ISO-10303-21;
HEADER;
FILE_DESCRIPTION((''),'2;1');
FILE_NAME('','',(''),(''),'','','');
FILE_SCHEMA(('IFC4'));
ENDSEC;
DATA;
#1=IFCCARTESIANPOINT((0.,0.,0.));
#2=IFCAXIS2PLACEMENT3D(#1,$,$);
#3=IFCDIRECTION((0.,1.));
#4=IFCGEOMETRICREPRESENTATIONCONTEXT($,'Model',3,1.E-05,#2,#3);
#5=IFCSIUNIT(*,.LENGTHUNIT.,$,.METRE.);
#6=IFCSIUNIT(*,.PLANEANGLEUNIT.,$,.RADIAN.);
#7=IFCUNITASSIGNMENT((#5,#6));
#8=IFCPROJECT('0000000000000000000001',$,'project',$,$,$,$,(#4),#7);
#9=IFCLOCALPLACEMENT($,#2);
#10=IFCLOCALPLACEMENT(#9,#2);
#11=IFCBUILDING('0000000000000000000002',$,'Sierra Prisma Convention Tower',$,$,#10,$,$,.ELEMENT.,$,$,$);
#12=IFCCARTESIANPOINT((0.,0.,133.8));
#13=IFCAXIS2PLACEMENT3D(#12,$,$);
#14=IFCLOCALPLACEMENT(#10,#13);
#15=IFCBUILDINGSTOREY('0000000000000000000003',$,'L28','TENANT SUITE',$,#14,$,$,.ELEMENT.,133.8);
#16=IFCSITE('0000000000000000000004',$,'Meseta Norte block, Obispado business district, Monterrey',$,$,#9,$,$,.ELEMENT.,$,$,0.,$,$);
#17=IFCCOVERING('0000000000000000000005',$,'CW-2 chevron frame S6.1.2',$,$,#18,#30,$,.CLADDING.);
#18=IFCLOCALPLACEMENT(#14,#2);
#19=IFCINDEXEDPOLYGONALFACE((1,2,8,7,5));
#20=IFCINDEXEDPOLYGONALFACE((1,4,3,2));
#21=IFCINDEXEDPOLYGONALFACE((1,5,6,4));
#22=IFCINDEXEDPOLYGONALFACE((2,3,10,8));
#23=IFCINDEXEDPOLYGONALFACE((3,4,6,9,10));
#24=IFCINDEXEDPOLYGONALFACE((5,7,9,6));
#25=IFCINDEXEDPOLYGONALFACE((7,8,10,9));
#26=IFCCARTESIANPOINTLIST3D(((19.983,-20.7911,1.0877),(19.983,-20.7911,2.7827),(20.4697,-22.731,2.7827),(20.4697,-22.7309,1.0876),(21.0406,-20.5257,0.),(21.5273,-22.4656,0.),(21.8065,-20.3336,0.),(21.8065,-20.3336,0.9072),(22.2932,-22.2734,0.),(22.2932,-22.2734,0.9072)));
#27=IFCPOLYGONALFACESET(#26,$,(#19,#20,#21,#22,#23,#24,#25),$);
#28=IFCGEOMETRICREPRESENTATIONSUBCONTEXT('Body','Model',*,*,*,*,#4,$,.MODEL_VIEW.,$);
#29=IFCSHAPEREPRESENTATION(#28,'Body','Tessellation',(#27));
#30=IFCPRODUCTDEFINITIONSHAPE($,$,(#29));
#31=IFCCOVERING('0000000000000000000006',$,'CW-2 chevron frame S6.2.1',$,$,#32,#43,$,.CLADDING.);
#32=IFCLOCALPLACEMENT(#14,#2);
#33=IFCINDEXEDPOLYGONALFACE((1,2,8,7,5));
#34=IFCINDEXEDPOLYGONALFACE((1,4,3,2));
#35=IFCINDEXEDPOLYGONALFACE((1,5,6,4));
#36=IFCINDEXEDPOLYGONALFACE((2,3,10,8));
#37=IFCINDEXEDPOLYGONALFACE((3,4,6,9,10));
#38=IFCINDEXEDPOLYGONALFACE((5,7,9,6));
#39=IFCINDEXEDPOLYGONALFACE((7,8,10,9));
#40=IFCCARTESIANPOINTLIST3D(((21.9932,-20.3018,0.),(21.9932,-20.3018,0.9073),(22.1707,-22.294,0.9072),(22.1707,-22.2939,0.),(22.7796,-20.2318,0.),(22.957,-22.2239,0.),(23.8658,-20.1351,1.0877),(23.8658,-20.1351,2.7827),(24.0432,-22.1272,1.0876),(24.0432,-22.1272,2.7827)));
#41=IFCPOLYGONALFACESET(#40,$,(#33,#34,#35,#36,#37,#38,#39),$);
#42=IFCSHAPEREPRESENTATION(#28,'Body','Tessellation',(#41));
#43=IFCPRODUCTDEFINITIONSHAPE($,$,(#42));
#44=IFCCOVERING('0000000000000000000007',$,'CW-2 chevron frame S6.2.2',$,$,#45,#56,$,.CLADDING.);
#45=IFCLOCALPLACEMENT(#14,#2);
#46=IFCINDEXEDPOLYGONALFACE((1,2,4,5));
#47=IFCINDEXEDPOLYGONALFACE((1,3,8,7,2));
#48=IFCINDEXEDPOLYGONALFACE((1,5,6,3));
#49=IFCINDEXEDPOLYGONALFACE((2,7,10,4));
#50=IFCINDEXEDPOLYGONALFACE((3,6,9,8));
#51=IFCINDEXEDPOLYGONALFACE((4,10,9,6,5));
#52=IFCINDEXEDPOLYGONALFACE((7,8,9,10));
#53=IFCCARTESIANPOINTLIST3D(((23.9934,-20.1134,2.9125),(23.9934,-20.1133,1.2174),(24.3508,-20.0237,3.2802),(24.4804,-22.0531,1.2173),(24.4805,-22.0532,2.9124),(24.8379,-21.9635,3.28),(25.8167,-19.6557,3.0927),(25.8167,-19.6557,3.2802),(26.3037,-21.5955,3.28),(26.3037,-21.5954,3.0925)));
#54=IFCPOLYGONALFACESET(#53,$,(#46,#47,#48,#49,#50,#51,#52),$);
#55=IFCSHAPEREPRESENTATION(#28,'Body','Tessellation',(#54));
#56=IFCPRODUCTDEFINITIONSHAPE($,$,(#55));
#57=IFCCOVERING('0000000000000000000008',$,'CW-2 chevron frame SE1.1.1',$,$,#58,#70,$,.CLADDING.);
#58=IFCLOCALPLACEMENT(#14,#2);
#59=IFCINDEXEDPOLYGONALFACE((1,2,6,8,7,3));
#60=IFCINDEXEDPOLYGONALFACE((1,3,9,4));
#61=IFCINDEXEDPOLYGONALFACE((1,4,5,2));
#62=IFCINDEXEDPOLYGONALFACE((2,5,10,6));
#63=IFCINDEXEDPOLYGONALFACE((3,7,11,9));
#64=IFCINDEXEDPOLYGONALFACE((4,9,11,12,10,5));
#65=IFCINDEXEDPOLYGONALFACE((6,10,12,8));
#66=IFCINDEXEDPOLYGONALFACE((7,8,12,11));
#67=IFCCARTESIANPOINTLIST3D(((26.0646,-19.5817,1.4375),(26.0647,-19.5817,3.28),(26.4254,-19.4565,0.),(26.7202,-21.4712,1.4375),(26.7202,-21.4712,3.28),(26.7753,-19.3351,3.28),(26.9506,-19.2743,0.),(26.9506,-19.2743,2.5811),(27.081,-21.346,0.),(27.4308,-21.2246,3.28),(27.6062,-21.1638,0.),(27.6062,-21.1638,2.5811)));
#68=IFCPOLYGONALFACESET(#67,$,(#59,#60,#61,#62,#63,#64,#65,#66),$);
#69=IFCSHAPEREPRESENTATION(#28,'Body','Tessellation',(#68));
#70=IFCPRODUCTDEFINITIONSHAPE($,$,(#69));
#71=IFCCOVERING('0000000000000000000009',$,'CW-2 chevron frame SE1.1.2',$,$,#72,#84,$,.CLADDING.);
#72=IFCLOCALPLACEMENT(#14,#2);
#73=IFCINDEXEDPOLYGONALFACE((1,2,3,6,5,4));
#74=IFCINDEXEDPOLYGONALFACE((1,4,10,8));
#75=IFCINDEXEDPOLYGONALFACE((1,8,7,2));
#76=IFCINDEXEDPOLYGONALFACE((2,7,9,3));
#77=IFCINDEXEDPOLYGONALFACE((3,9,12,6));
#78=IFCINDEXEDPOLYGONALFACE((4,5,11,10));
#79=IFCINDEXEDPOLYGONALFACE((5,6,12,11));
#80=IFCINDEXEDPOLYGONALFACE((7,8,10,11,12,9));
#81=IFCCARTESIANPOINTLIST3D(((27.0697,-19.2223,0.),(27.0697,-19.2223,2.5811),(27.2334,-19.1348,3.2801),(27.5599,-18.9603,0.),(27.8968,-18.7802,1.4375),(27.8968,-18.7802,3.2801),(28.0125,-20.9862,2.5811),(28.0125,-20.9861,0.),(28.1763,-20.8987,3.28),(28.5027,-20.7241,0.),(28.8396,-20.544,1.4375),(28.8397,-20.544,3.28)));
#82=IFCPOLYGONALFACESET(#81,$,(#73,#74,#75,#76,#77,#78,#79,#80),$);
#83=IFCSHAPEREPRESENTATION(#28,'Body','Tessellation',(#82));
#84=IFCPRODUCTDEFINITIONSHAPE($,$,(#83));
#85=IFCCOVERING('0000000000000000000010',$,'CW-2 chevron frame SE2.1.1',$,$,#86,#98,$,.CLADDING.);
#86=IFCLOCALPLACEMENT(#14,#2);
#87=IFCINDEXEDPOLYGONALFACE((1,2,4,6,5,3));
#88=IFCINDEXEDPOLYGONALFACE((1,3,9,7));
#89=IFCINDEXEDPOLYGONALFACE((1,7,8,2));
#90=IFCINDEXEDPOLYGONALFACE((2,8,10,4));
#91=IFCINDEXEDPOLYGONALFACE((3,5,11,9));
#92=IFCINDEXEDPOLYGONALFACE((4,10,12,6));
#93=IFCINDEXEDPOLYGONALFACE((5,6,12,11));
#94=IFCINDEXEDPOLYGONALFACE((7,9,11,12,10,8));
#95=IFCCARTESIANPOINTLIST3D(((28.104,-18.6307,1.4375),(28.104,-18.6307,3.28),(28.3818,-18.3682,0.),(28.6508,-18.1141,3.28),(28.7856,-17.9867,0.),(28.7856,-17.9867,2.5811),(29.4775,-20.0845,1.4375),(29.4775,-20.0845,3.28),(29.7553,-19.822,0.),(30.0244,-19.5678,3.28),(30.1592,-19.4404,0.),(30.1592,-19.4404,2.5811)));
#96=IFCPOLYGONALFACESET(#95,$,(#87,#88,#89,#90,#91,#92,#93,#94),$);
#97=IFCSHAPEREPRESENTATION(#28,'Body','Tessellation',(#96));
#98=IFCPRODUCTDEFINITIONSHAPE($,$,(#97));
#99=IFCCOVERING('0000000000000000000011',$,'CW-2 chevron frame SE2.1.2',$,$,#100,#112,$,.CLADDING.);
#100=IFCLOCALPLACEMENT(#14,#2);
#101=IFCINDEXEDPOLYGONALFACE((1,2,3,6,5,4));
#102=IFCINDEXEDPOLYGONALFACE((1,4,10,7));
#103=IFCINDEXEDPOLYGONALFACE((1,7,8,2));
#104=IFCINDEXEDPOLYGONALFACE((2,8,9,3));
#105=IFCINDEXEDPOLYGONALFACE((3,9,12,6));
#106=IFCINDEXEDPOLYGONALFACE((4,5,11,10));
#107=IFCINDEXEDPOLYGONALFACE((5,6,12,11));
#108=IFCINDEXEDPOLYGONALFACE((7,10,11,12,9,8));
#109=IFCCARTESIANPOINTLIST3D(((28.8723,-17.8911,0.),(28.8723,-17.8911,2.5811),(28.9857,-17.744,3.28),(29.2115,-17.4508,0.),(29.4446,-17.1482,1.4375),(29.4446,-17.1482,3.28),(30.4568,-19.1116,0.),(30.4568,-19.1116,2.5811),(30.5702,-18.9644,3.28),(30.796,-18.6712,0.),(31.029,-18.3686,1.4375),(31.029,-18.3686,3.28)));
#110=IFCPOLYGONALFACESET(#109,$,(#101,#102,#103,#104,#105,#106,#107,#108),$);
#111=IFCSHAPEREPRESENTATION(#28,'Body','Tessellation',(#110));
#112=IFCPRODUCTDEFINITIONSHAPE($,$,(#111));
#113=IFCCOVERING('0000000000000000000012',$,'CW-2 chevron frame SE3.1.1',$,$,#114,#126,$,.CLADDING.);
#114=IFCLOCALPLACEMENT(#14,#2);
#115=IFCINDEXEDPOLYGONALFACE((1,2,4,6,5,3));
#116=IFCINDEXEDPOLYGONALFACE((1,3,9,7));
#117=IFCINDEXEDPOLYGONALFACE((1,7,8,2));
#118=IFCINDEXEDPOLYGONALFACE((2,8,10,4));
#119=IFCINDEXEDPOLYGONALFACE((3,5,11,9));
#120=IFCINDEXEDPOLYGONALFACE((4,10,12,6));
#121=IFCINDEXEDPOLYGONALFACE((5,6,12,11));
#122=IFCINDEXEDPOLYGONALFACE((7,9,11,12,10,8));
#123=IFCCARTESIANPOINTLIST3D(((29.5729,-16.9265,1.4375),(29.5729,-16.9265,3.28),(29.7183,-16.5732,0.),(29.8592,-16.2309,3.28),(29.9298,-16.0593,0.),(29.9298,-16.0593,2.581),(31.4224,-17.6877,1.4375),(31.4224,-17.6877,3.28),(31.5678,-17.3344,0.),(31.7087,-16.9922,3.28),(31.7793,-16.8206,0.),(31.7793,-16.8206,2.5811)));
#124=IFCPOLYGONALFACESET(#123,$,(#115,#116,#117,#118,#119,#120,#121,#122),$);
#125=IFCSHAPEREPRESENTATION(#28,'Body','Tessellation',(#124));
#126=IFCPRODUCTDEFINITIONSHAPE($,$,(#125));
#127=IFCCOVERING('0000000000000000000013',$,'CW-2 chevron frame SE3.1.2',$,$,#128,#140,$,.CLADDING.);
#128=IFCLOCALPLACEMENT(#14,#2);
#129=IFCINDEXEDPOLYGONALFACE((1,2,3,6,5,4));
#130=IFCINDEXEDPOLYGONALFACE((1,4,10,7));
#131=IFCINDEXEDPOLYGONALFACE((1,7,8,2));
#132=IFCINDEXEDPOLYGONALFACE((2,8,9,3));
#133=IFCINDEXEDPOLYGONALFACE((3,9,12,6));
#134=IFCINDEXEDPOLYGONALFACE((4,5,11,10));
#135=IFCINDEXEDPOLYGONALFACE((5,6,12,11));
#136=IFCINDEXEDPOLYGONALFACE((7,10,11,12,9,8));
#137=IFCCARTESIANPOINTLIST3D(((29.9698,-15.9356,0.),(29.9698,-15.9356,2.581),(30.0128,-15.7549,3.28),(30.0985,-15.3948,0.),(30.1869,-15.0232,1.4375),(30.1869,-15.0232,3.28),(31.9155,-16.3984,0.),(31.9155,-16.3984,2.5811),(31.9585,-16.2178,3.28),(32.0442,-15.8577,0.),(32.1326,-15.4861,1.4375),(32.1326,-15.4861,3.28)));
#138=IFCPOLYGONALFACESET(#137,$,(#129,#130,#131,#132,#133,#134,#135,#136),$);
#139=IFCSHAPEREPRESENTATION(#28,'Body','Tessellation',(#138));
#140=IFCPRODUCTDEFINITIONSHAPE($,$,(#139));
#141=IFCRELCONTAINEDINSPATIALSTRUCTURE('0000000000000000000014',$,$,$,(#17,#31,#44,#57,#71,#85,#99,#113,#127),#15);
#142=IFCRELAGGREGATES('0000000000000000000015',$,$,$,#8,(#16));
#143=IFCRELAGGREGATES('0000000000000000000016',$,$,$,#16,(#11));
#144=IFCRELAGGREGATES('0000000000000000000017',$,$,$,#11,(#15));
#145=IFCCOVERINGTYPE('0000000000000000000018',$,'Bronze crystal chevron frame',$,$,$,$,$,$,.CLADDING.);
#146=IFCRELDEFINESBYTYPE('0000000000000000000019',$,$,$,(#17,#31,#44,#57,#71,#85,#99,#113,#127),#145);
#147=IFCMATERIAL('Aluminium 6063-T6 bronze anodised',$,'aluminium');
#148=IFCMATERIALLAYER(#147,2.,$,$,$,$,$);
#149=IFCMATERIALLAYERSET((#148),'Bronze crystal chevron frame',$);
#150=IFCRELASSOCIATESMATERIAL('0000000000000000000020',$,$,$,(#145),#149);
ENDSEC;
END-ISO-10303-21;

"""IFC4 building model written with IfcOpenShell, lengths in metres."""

from ifc_helpers import new_model, si_unit, direction, frame, origin, place, context, subcontext, project, spatial, polyline, outline, extrude, material, layer, layer_set, type_object, element, save


model = new_model("IFC4")

# Units and contexts
model_context = context("Model", 3, precision=1e-05, world=origin(), true_north=direction((0.0, 1.0)))
body_context = subcontext(model_context, "Body", "Model", "MODEL_VIEW")
ifc_project = project(units=[si_unit("LENGTHUNIT", "METRE"), si_unit("PLANEANGLEUNIT", "RADIAN")], contexts=[model_context])

# Site, building, storey
site_placement = place(None, origin())
site = spatial("IfcSite", under=ifc_project, at=site_placement, Name="Meseta Norte block, Obispado business district, Monterrey", CompositionType="ELEMENT", RefElevation=0.0)
building_placement = place(site_placement, origin())
building = spatial("IfcBuilding", under=site, at=building_placement, Name="Sierra Prisma Convention Tower", CompositionType="ELEMENT")
storey_placement = place(building_placement, frame((0.0, 0.0, 133.8)))
storey = spatial("IfcBuildingStorey", under=building, at=storey_placement, Name="L28", Description="TENANT SUITE", CompositionType="ELEMENT", Elevation=133.8)

# Coverings
ifc_material_1 = material(Name="Aluminium 6063-T6 bronze anodised", Category="aluminium")
ifc_layer_1 = layer(ifc_material_1, 2.0)
ifc_layer_set_1 = layer_set([ifc_layer_1], Name="Bronze crystal chevron frame")
covering_type = type_object("IfcCoveringType", Name="Bronze crystal chevron frame", PredefinedType="CLADDING", material=ifc_layer_set_1)
covering_1_placement = place(storey_placement, frame((20.4697, -22.731, 2.7827), z_axis=(0.243357, -0.969937, -0.000007), x_axis=(-0.000002, 0.000006, -1.0)))
element("IfcCovering", 1, at=covering_1_placement, inside=storey, type_object=covering_type, Name="CW-2 chevron frame S6.1.2", PredefinedType="CLADDING", context=body_context, shape_type="SweptSolid", body=[
    extrude(outline(polyline([(0.0, 0.0), (1.6951, 0.0), (2.7827, 1.0904), (2.7827, 1.88), (1.8755, 1.88), (0.0, 0.0)])), origin(), (0.0, 0.0, -1.0), 2.0),
])
covering_2_placement = place(storey_placement, frame((22.1707, -22.2939, 0.0), z_axis=(0.088705, -0.996058, -0.000014), x_axis=(0.996058, 0.088705, 0.0)))
element("IfcCovering", 2, at=covering_2_placement, inside=storey, type_object=covering_type, Name="CW-2 chevron frame S6.2.1", PredefinedType="CLADDING", context=body_context, shape_type="SweptSolid", body=[
    extrude(outline(polyline([(0.0, 0.0), (0.7895, 0.0), (1.88, 1.0876), (1.88, 2.7827), (0.0, 0.9072), (0.0, 0.0)])), origin(), (0.0, 0.0, -1.0), 2.0),
])
covering_3_placement = place(storey_placement, frame((26.3037, -21.5955, 3.28), z_axis=(0.243525, -0.969895, -0.000062), x_axis=(-0.969895, -0.243525, 0.0)))
element("IfcCovering", 3, at=covering_3_placement, inside=storey, type_object=covering_type, Name="CW-2 chevron frame S6.2.2", PredefinedType="CLADDING", context=body_context, shape_type="SweptSolid", body=[
    extrude(outline(polyline([(0.0, 0.0), (1.5113, 0.0), (1.8798, 0.3677), (1.8798, 2.0627), (0.0, 0.1875), (0.0, 0.0)])), origin(), (0.0, 0.0, -1.0), 2.0),
])
covering_4_placement = place(storey_placement, frame((26.7202, -21.4712, 3.28), z_axis=(0.327781, -0.944754, -0.000006), x_axis=(-0.000002, 0.000005, -1.0)))
element("IfcCovering", 4, at=covering_4_placement, inside=storey, type_object=covering_type, Name="CW-2 chevron frame SE1.1.1", PredefinedType="CLADDING", context=body_context, shape_type="SweptSolid", body=[
    extrude(outline(polyline([(0.0, 0.0), (1.8425, 0.0), (3.28, 0.3819), (3.28, 0.9378), (0.699, 0.9378), (0.0, 0.7522), (0.0, 0.0)])), origin(), (0.0, 0.0, -1.0), 2.0),
])
covering_5_placement = place(storey_placement, frame((28.5027, -20.7241, 0.0), z_axis=(0.471411, -0.881913, -0.000012), x_axis=(0.22654, 0.12108, 0.966447)))
element("IfcCovering", 5, at=covering_5_placement, inside=storey, type_object=covering_type, Name="CW-2 chevron frame SE1.1.2", PredefinedType="CLADDING", context=body_context, shape_type="SweptSolid", body=[
    extrude(outline(polyline([(0.0, 0.0), (1.4874, 0.0), (3.2681, 0.4733), (3.0749, 1.2003), (2.3517, 1.2002), (-0.1428, 0.5372), (0.0, 0.0)])), origin(), (0.0, 0.0, -1.0), 2.0),
])
covering_6_placement = place(storey_placement, frame((29.4775, -20.0845, 3.28), z_axis=(0.686777, -0.726868, -0.000007), x_axis=(-0.000005, 0.000005, -1.0)))
element("IfcCovering", 6, at=covering_6_placement, inside=storey, type_object=covering_type, Name="CW-2 chevron frame SE2.1.1", PredefinedType="CLADDING", context=body_context, shape_type="SweptSolid", body=[
    extrude(outline(polyline([(0.0, 0.0), (1.8425, 0.0), (3.28, 0.3822), (3.28, 0.9378), (0.699, 0.9378), (0.0, 0.7523), (0.0, 0.0)])), origin(), (0.0, 0.0, -1.0), 2.0),
])
covering_7_placement = place(storey_placement, frame((30.4568, -19.1116, 0.0), z_axis=(0.792229, -0.610224, -0.000004), x_axis=(0.610224, 0.792229, 0.0)))
element("IfcCovering", 7, at=covering_7_placement, inside=storey, type_object=covering_type, Name="CW-2 chevron frame SE2.1.2", PredefinedType="CLADDING", context=body_context, shape_type="SweptSolid", body=[
    extrude(outline(polyline([(0.0, 0.0), (0.5559, 0.0), (0.9378, 1.4375), (0.9378, 3.28), (0.1858, 3.28), (0.0, 2.5811), (0.0, 0.0)])), origin(), (0.0, 0.0, -1.0), 2.0),
])
covering_8_placement = place(storey_placement, frame((31.4224, -17.6877, 3.28), z_axis=(0.924738, -0.380605, 0.000002), x_axis=(0.000002, -0.000001, -1.0)))
element("IfcCovering", 8, at=covering_8_placement, inside=storey, type_object=covering_type, Name="CW-2 chevron frame SE3.1.1", PredefinedType="CLADDING", context=body_context, shape_type="SweptSolid", body=[
    extrude(outline(polyline([(0.0, 0.0), (1.8425, 0.0), (3.28, 0.3821), (3.28, 0.9378), (0.699, 0.9378), (0.0, 0.7522), (0.0, 0.0)])), origin(), (0.0, 0.0, -1.0), 2.0),
])
covering_9_placement = place(storey_placement, frame((31.9155, -16.3984, 0.0), z_axis=(0.97285, -0.231438, 0.000004), x_axis=(0.231438, 0.97285, 0.0)))
element("IfcCovering", 9, at=covering_9_placement, inside=storey, type_object=covering_type, Name="CW-2 chevron frame SE3.1.2", PredefinedType="CLADDING", context=body_context, shape_type="SweptSolid", body=[
    extrude(outline(polyline([(0.0, 0.0), (0.5559, 0.0), (0.9378, 1.4375), (0.9378, 3.28), (0.1857, 3.28), (0.0, 2.5811), (0.0, 0.0)])), origin(), (0.0, 0.0, -1.0), 2.0),
])

save(model, "model.ifc")
